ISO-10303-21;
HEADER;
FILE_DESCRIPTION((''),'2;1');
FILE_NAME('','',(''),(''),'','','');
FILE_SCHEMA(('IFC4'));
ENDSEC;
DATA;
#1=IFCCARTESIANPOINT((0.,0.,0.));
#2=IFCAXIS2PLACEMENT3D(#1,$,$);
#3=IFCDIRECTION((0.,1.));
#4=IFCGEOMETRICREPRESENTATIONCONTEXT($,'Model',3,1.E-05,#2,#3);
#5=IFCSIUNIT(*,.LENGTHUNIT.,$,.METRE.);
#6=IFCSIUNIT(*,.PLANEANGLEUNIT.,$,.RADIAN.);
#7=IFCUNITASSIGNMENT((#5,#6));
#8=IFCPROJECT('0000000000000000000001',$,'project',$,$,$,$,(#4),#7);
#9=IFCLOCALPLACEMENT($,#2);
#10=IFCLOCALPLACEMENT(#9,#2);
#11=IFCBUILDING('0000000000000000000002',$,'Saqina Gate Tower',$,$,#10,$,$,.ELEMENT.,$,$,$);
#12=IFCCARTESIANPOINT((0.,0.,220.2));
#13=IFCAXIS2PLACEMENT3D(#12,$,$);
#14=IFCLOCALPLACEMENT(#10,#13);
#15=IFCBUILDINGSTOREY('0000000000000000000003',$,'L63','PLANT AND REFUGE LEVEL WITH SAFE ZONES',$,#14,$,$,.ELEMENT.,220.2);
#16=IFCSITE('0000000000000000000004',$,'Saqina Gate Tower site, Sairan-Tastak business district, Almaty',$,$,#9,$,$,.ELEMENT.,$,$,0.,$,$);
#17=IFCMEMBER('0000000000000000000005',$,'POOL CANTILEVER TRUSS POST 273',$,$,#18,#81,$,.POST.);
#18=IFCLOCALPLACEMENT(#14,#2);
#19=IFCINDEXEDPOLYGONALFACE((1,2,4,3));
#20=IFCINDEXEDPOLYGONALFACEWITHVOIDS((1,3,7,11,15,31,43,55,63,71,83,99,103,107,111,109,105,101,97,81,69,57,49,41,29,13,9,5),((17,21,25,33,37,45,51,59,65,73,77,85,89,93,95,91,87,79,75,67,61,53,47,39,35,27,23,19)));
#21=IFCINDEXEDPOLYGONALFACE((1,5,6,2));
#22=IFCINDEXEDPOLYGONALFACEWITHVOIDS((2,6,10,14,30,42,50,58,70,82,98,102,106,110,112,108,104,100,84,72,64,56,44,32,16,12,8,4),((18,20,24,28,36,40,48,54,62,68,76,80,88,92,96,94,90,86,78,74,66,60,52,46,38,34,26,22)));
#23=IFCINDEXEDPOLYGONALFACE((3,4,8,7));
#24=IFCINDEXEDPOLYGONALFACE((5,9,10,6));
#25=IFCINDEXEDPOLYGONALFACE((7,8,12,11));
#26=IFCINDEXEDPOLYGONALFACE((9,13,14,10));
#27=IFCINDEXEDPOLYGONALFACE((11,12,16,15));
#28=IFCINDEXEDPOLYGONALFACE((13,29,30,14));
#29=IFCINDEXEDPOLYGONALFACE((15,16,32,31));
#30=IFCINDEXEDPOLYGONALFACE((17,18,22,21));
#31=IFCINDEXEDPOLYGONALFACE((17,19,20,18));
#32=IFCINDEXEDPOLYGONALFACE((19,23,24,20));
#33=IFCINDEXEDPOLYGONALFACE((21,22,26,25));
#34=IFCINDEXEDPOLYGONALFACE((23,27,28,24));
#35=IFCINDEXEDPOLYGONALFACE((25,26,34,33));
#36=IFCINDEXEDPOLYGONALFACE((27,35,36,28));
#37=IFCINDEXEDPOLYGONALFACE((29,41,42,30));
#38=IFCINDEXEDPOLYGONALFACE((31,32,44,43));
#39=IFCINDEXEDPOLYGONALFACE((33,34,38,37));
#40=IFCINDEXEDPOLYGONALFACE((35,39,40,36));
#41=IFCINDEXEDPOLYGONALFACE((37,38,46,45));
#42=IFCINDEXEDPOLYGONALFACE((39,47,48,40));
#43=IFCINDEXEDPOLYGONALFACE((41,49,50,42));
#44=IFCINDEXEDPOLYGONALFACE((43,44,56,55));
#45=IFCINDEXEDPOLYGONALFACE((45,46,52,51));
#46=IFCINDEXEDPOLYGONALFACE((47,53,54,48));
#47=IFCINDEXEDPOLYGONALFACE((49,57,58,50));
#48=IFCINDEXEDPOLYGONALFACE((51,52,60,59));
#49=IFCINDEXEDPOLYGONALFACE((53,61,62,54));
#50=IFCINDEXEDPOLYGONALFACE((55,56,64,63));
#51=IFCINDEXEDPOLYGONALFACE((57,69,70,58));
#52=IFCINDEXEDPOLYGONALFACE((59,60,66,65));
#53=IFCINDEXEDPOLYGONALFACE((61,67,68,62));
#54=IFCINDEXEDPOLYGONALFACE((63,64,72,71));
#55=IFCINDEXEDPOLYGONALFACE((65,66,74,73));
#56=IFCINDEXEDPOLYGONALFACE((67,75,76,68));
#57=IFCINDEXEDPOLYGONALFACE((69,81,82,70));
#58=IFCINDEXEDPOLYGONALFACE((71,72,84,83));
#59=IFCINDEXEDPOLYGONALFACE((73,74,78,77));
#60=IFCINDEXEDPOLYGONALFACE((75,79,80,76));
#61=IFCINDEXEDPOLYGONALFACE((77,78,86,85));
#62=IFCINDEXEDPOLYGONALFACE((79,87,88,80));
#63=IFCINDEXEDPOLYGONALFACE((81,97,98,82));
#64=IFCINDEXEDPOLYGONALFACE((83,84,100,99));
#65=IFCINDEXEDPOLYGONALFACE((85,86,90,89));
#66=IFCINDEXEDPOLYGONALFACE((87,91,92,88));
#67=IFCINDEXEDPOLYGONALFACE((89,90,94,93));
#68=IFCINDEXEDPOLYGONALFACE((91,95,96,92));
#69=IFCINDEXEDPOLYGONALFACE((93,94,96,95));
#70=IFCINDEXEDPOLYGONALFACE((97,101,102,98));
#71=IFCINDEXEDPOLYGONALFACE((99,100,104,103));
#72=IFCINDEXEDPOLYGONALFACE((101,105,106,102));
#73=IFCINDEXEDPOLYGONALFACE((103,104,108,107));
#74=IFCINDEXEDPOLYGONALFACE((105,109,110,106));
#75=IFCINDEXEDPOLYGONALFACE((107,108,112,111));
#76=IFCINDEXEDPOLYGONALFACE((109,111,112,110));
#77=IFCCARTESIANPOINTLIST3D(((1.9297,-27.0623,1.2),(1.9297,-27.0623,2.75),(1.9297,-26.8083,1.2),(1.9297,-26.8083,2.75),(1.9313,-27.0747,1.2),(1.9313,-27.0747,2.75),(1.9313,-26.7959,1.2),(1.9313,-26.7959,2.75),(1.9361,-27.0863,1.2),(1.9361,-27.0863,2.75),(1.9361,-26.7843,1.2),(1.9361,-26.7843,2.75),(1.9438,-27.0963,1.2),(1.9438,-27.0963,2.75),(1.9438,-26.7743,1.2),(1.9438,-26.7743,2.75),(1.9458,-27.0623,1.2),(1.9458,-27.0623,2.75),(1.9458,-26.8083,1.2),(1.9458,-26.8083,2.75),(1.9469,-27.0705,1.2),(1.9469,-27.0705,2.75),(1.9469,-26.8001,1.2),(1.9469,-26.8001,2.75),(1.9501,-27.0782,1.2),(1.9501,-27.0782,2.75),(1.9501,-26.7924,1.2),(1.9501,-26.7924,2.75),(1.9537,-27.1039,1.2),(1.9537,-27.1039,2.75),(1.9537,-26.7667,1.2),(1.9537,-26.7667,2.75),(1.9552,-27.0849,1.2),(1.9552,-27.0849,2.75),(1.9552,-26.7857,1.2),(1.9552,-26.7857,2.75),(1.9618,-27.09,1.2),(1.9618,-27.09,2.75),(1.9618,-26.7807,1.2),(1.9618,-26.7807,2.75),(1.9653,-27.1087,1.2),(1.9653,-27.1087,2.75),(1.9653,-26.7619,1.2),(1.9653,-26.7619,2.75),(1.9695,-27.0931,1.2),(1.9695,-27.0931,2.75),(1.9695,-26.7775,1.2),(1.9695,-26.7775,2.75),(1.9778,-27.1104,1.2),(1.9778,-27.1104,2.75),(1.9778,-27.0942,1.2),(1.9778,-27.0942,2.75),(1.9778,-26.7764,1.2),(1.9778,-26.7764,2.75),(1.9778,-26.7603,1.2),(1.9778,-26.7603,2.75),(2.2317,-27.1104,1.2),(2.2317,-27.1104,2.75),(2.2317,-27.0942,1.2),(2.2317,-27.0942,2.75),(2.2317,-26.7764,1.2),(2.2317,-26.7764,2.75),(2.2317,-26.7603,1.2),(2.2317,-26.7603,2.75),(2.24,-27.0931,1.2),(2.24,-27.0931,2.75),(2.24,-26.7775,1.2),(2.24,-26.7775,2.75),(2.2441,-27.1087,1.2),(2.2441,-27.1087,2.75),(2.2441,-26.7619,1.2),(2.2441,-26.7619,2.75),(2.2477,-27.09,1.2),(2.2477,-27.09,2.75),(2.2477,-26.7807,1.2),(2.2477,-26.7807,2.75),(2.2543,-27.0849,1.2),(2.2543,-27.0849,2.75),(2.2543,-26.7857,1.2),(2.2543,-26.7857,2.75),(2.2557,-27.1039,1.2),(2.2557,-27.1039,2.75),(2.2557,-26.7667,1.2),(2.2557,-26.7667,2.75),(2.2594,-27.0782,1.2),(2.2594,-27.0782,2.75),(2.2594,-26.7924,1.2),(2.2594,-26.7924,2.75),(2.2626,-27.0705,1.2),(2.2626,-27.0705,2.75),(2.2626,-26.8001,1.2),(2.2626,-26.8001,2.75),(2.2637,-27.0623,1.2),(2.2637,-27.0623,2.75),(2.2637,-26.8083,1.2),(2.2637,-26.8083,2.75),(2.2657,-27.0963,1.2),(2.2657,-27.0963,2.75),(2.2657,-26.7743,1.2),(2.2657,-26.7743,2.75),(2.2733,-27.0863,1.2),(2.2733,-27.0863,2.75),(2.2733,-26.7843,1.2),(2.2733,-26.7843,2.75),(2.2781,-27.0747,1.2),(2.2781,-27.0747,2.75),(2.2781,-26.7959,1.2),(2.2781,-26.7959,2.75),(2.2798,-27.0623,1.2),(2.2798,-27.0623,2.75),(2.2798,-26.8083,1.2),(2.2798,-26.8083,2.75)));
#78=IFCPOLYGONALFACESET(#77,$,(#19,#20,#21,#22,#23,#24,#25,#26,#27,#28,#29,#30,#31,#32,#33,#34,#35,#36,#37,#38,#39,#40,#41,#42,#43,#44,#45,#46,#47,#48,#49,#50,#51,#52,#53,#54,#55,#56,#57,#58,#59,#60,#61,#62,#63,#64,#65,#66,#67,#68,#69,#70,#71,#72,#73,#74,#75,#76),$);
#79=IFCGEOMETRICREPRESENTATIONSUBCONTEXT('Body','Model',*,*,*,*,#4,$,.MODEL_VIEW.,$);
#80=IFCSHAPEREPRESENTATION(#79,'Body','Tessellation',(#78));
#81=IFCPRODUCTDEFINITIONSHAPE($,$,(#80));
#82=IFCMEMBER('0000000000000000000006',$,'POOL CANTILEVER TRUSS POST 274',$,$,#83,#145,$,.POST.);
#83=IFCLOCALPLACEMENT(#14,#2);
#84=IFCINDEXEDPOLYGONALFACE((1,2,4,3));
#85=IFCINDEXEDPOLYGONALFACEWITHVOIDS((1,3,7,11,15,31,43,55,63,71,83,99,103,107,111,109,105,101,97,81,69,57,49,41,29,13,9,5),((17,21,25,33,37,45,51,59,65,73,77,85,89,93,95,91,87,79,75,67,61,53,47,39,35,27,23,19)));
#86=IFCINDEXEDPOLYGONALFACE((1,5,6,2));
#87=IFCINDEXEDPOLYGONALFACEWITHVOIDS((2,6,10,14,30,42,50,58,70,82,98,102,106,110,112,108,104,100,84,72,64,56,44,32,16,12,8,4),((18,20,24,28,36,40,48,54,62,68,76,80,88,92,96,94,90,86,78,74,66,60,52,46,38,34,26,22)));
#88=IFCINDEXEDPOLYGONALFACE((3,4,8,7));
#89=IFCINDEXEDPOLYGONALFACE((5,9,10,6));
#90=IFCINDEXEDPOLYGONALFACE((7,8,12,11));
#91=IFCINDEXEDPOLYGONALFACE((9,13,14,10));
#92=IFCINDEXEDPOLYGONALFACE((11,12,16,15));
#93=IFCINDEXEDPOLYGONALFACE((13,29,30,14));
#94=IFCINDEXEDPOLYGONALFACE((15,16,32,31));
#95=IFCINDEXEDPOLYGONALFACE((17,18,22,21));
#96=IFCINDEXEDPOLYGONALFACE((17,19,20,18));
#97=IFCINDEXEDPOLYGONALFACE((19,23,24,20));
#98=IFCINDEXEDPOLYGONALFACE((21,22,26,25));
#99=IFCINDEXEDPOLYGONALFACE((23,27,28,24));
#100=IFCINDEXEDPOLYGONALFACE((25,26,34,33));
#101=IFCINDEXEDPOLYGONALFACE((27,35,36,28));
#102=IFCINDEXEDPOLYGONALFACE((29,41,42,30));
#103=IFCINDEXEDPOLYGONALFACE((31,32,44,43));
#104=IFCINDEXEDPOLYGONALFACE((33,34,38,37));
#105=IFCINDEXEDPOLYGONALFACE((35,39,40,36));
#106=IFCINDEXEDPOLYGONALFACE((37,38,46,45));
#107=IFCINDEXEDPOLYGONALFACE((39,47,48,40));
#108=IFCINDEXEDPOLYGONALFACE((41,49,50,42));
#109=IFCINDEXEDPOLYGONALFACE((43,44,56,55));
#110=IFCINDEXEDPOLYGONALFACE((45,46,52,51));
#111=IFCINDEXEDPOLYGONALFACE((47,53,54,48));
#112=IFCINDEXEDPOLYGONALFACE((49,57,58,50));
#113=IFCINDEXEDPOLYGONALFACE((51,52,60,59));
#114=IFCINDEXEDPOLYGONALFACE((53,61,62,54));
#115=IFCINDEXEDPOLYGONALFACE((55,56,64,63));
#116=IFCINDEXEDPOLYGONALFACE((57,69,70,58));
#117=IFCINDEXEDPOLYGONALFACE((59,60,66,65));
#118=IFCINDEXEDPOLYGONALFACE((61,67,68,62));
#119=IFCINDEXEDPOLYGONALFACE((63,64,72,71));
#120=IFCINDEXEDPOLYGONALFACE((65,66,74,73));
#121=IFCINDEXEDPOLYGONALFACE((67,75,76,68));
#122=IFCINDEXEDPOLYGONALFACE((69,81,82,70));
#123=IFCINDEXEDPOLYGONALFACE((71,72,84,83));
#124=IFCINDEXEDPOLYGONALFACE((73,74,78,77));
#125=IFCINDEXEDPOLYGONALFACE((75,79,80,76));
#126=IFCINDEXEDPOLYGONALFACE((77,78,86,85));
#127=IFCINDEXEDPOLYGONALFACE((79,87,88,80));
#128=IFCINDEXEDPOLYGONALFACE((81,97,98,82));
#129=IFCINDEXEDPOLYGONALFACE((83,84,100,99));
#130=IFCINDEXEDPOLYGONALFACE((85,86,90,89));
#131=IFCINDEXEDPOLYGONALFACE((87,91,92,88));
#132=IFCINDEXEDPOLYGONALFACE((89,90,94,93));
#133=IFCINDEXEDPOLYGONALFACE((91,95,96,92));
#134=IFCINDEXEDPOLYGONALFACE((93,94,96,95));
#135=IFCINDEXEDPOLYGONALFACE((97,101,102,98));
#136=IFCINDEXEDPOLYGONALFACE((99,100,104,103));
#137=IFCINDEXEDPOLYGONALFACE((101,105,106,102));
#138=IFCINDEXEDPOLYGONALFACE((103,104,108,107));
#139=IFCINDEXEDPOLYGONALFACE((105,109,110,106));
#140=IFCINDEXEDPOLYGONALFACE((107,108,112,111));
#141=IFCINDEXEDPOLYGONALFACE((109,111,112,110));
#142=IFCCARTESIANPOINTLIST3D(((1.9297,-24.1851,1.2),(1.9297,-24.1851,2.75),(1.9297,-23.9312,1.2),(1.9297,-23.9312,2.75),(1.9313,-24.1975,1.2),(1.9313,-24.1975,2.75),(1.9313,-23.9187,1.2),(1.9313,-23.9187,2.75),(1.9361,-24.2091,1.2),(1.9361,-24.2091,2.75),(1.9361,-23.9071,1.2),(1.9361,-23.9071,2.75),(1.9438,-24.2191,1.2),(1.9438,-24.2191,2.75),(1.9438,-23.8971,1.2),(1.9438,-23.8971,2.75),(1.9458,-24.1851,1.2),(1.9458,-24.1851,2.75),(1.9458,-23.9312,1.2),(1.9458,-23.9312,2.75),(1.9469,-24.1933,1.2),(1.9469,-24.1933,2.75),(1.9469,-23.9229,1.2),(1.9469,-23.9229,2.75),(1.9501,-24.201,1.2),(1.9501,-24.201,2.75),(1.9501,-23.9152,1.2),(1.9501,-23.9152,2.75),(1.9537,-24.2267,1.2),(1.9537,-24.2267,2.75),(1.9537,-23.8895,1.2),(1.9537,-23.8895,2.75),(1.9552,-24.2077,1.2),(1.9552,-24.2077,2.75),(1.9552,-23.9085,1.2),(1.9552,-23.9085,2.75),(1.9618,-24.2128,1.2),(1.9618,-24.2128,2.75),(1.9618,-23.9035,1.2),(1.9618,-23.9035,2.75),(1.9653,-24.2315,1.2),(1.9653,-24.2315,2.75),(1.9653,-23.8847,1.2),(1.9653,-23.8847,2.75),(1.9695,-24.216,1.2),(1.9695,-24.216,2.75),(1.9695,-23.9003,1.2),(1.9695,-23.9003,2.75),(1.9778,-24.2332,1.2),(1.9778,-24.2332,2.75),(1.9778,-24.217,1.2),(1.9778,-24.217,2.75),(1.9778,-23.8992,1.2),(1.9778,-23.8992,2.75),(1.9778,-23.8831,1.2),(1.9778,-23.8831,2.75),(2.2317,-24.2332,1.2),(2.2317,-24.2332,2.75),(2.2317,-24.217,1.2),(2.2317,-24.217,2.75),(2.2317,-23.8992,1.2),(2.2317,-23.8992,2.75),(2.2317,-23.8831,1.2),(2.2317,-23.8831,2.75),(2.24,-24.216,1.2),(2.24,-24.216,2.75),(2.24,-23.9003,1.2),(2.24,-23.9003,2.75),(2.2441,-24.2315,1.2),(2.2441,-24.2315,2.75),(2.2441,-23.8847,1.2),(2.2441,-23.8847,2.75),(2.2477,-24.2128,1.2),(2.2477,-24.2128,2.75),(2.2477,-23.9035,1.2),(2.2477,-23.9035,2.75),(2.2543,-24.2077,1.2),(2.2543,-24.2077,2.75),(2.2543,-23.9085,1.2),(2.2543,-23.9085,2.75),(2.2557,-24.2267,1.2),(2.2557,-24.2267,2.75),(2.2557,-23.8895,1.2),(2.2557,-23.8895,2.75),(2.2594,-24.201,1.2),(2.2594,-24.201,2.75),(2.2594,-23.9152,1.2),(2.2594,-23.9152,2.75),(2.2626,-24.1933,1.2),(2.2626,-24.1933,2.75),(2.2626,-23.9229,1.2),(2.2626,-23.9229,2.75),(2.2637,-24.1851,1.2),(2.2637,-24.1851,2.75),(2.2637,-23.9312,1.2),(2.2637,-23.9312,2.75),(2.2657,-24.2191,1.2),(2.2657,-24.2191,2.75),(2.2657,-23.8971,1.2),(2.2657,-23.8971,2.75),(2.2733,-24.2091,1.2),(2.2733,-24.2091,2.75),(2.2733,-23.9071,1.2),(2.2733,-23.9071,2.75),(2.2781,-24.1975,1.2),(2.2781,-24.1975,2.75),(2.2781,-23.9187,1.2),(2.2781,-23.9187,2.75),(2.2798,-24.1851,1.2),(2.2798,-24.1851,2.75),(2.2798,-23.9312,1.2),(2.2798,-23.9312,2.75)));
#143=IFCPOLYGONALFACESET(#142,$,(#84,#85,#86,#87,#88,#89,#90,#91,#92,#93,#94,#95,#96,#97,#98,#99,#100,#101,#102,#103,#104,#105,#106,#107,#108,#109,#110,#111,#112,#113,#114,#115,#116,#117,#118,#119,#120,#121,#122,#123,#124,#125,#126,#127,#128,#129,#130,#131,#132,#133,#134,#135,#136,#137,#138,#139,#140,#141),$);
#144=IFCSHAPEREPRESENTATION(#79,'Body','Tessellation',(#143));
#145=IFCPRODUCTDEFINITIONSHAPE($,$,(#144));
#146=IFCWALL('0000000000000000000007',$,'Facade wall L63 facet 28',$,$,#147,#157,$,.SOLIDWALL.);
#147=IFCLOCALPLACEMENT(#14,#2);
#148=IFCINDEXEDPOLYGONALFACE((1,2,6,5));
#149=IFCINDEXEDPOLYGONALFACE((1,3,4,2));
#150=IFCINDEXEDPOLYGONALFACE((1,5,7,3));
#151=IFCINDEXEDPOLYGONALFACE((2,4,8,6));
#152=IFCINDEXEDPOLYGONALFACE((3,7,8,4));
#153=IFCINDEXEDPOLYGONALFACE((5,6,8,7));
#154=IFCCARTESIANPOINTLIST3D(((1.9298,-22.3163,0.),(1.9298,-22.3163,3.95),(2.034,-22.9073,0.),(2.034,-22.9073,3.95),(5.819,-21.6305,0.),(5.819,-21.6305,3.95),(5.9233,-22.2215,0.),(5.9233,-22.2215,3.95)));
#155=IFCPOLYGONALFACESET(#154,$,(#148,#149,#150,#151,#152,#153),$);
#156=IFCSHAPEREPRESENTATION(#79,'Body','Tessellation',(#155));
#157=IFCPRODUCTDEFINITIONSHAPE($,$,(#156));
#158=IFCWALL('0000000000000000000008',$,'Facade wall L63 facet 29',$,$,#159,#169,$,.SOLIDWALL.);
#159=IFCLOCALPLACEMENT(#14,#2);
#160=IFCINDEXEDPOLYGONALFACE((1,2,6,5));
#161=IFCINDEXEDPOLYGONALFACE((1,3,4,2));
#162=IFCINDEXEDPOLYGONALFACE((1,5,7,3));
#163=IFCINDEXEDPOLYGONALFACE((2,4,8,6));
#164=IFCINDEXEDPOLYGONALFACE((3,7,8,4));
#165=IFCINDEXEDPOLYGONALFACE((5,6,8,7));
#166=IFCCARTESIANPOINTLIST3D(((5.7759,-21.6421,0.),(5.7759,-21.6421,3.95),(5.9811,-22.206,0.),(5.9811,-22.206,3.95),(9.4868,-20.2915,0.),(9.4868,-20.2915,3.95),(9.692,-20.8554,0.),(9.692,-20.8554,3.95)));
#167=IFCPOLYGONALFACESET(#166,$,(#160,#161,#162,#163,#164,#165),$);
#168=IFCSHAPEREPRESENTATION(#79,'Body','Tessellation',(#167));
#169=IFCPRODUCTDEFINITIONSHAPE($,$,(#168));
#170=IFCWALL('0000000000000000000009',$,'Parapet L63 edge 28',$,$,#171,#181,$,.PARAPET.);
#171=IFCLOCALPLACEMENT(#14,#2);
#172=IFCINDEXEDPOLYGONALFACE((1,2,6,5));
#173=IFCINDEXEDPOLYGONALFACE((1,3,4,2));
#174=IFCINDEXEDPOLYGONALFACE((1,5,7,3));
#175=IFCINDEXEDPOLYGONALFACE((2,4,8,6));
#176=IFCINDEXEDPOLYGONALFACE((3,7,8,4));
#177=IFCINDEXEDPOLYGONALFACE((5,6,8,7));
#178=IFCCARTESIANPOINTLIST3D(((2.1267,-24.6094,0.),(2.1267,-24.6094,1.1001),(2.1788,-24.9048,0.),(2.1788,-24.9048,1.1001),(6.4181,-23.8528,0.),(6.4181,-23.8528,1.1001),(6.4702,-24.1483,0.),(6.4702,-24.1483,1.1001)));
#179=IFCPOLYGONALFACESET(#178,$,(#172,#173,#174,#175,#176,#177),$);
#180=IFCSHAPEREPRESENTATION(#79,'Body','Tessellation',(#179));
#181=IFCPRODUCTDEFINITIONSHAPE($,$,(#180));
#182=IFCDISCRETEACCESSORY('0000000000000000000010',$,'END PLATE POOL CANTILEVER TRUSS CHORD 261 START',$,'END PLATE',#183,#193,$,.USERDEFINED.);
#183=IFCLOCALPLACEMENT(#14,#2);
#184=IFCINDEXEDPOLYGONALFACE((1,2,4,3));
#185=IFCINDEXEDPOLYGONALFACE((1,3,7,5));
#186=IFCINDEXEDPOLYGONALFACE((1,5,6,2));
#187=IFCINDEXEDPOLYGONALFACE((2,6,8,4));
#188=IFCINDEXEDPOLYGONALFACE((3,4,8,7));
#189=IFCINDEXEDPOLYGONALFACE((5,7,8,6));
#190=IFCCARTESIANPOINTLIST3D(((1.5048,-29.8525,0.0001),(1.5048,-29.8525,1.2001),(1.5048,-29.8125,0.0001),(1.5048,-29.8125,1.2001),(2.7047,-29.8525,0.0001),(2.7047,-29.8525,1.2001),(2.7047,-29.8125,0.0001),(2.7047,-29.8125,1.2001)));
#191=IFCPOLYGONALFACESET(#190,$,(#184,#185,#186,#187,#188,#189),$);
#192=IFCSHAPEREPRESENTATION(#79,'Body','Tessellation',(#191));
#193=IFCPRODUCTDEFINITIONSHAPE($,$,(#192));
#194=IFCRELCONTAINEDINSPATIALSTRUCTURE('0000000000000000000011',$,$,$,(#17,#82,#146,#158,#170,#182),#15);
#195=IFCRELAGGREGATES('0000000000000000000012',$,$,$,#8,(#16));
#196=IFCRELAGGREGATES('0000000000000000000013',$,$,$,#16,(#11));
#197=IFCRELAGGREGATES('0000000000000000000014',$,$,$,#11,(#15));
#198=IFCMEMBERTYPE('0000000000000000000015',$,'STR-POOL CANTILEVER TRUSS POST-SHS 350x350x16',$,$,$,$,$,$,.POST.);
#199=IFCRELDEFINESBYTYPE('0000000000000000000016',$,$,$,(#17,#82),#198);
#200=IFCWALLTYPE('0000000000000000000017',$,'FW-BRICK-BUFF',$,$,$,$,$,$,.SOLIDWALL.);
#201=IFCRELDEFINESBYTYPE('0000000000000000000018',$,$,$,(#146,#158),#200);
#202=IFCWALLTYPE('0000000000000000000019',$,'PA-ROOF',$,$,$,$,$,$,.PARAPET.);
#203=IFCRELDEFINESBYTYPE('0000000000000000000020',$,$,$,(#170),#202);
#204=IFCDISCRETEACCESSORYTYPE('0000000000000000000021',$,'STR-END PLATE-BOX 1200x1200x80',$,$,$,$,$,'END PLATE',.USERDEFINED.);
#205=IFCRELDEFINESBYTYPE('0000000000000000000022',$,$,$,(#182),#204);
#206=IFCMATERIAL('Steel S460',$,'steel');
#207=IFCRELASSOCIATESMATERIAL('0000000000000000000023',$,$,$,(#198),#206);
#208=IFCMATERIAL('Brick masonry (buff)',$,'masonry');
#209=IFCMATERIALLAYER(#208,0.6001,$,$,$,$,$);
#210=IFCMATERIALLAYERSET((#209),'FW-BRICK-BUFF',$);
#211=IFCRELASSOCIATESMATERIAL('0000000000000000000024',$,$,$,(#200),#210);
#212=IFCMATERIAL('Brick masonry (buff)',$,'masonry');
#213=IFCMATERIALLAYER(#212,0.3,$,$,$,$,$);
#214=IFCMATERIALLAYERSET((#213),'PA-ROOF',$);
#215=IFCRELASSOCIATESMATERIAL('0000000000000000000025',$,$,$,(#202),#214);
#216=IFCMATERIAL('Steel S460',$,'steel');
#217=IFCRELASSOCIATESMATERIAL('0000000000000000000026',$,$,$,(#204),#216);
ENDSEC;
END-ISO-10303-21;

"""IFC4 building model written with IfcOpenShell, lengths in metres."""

from ifc_helpers import new_model, si_unit, direction, frame, frame_2d, origin, origin_2d, place, context, subcontext, project, spatial, rectangle, hollow_rectangle, extrude, material, layer, layer_set, material_profile, profile_set, type_object, element, save


model = new_model("IFC4")

# Units and contexts
model_context = context("Model", 3, precision=1e-05, world=origin(), true_north=direction((0.0, 1.0)))
body_context = subcontext(model_context, "Body", "Model", "MODEL_VIEW")
ifc_project = project(units=[si_unit("LENGTHUNIT", "METRE"), si_unit("PLANEANGLEUNIT", "RADIAN")], contexts=[model_context])

# Site, building, storey
site_placement = place(None, origin())
site = spatial("IfcSite", under=ifc_project, at=site_placement, Name="Saqina Gate Tower site, Sairan-Tastak business district, Almaty", CompositionType="ELEMENT", RefElevation=0.0)
building_placement = place(site_placement, origin())
building = spatial("IfcBuilding", under=site, at=building_placement, Name="Saqina Gate Tower", CompositionType="ELEMENT")
storey_placement = place(building_placement, frame((0.0, 0.0, 220.2)))
storey = spatial("IfcBuildingStorey", under=building, at=storey_placement, Name="L63", Description="PLANT AND REFUGE LEVEL WITH SAFE ZONES", CompositionType="ELEMENT", Elevation=220.2)

# Members
ifc_material_1 = material(Name="Steel S460", Category="steel")
ifc_material_profile_1 = material_profile(ifc_material_1, hollow_rectangle(XDim=0.3501, YDim=0.3501, WallThickness=0.0161, InnerFilletRadius=0.032, OuterFilletRadius=0.0481, at=origin_2d()), Name="SHS 350x350x16")
ifc_profile_set_1 = profile_set([ifc_material_profile_1], Name="Steel S460")
member_type_1 = type_object("IfcMemberType", Name="STR-POOL CANTILEVER TRUSS POST-SHS 350x350x16", PredefinedType="POST", material=ifc_profile_set_1)
for number, where, z_axis, x_axis, name in (
    (1, (2.1047, -26.9353, 1.2), (0.0, 0.0, 1.0), (1.0, 0.0, 0.0), "POOL CANTILEVER TRUSS POST 273"),
    (2, (2.1047, -24.0581, 1.2), (0.0, 0.0, 1.0), (1.0, 0.0, 0.0), "POOL CANTILEVER TRUSS POST 274"),
):
    element("IfcMember", number, at=place(storey_placement, frame(where, z_axis=z_axis, x_axis=x_axis)), inside=storey, type_object=member_type_1, Name=name, PredefinedType="POST", context=body_context, shape_type="SweptSolid", body=[
        extrude(hollow_rectangle(XDim=0.3501, YDim=0.3501, WallThickness=0.0161, InnerFilletRadius=0.032, OuterFilletRadius=0.0481, at=origin_2d()), origin(), (0.0, 0.0, 1.0), 1.55),
    ])

# Walls
ifc_material_2 = material(Name="Brick masonry (buff)", Category="masonry")
ifc_layer_1 = layer(ifc_material_2, 0.6001)
ifc_layer_set_1 = layer_set([ifc_layer_1], Name="FW-BRICK-BUFF")
wall_type_1 = type_object("IfcWallType", Name="FW-BRICK-BUFF", PredefinedType="SOLIDWALL", material=ifc_layer_set_1)
wall_1_placement = place(storey_placement, frame((1.9819, -22.6118, 0.0), z_axis=(0.0, 0.0, 1.0), x_axis=(0.984807, 0.173655, 0.0)))
element("IfcWall", 3, at=wall_1_placement, inside=storey, type_object=wall_type_1, Name="Facade wall L63 facet 28", PredefinedType="SOLIDWALL", context=body_context, shape_type="SweptSolid", body=[
    extrude(rectangle(XDim=3.9492, YDim=0.6001, at=frame_2d((1.9746, 0.0))), origin(), (0.0, 0.0, 1.0), 3.95),
])
wall_2_placement = place(storey_placement, frame((5.8784, -21.9241, 0.0), z_axis=(0.0, 0.0, 1.0), x_axis=(0.9397, 0.342001, 0.0)))
element("IfcWall", 4, at=wall_2_placement, inside=storey, type_object=wall_type_1, Name="Facade wall L63 facet 29", PredefinedType="SOLIDWALL", context=body_context, shape_type="SweptSolid", body=[
    extrude(rectangle(XDim=3.949, YDim=0.6001, at=frame_2d((1.9746, 0.0))), origin(), (0.0, 0.0, 1.0), 3.95),
])
ifc_material_3 = material(Name="Brick masonry (buff)", Category="masonry")
ifc_layer_2 = layer(ifc_material_3, 0.3)
ifc_layer_set_2 = layer_set([ifc_layer_2], Name="PA-ROOF")
wall_type_2 = type_object("IfcWallType", Name="PA-ROOF", PredefinedType="PARAPET", material=ifc_layer_set_2)
wall_3_placement = place(storey_placement, frame((2.1528, -24.7571, 0.0), z_axis=(0.0, 0.0, 1.0), x_axis=(0.984812, 0.173622, 0.0)))
element("IfcWall", 5, at=wall_3_placement, inside=storey, type_object=wall_type_2, Name="Parapet L63 edge 28", PredefinedType="PARAPET", context=body_context, shape_type="SweptSolid", body=[
    extrude(rectangle(XDim=4.3577, YDim=0.3, at=frame_2d((2.1787, 0.0))), origin(), (0.0, 0.0, 1.0), 1.1001),
])

# Discrete accessory
ifc_material_4 = material(Name="Steel S460", Category="steel")
ifc_material_profile_2 = material_profile(ifc_material_4, rectangle(XDim=1.2, YDim=1.2, at=origin_2d()), Name="STR-END PLATE-BOX 1200x1200x80")
ifc_profile_set_2 = profile_set([ifc_material_profile_2], Name="Steel S460")
discrete_accessory_type = type_object("IfcDiscreteAccessoryType", Name="STR-END PLATE-BOX 1200x1200x80", ElementType="END PLATE", PredefinedType="USERDEFINED", material=ifc_profile_set_2)
for number, where, z_axis, x_axis, name in (
    (6, (2.1047, -29.8125, 0.6001), (0.0, -1.0, 0.0), (-1.0, 0.0, 0.0), "END PLATE POOL CANTILEVER TRUSS CHORD 261 START"),
):
    element("IfcDiscreteAccessory", number, at=place(storey_placement, frame(where, z_axis=z_axis, x_axis=x_axis)), inside=storey, type_object=discrete_accessory_type, Name=name, ObjectType="END PLATE", PredefinedType="USERDEFINED", context=body_context, shape_type="SweptSolid", body=[
        extrude(rectangle(XDim=1.2, YDim=1.2, at=origin_2d()), origin(), (0.0, 0.0, 1.0), 0.04),
    ])

save(model, "model.ifc")
